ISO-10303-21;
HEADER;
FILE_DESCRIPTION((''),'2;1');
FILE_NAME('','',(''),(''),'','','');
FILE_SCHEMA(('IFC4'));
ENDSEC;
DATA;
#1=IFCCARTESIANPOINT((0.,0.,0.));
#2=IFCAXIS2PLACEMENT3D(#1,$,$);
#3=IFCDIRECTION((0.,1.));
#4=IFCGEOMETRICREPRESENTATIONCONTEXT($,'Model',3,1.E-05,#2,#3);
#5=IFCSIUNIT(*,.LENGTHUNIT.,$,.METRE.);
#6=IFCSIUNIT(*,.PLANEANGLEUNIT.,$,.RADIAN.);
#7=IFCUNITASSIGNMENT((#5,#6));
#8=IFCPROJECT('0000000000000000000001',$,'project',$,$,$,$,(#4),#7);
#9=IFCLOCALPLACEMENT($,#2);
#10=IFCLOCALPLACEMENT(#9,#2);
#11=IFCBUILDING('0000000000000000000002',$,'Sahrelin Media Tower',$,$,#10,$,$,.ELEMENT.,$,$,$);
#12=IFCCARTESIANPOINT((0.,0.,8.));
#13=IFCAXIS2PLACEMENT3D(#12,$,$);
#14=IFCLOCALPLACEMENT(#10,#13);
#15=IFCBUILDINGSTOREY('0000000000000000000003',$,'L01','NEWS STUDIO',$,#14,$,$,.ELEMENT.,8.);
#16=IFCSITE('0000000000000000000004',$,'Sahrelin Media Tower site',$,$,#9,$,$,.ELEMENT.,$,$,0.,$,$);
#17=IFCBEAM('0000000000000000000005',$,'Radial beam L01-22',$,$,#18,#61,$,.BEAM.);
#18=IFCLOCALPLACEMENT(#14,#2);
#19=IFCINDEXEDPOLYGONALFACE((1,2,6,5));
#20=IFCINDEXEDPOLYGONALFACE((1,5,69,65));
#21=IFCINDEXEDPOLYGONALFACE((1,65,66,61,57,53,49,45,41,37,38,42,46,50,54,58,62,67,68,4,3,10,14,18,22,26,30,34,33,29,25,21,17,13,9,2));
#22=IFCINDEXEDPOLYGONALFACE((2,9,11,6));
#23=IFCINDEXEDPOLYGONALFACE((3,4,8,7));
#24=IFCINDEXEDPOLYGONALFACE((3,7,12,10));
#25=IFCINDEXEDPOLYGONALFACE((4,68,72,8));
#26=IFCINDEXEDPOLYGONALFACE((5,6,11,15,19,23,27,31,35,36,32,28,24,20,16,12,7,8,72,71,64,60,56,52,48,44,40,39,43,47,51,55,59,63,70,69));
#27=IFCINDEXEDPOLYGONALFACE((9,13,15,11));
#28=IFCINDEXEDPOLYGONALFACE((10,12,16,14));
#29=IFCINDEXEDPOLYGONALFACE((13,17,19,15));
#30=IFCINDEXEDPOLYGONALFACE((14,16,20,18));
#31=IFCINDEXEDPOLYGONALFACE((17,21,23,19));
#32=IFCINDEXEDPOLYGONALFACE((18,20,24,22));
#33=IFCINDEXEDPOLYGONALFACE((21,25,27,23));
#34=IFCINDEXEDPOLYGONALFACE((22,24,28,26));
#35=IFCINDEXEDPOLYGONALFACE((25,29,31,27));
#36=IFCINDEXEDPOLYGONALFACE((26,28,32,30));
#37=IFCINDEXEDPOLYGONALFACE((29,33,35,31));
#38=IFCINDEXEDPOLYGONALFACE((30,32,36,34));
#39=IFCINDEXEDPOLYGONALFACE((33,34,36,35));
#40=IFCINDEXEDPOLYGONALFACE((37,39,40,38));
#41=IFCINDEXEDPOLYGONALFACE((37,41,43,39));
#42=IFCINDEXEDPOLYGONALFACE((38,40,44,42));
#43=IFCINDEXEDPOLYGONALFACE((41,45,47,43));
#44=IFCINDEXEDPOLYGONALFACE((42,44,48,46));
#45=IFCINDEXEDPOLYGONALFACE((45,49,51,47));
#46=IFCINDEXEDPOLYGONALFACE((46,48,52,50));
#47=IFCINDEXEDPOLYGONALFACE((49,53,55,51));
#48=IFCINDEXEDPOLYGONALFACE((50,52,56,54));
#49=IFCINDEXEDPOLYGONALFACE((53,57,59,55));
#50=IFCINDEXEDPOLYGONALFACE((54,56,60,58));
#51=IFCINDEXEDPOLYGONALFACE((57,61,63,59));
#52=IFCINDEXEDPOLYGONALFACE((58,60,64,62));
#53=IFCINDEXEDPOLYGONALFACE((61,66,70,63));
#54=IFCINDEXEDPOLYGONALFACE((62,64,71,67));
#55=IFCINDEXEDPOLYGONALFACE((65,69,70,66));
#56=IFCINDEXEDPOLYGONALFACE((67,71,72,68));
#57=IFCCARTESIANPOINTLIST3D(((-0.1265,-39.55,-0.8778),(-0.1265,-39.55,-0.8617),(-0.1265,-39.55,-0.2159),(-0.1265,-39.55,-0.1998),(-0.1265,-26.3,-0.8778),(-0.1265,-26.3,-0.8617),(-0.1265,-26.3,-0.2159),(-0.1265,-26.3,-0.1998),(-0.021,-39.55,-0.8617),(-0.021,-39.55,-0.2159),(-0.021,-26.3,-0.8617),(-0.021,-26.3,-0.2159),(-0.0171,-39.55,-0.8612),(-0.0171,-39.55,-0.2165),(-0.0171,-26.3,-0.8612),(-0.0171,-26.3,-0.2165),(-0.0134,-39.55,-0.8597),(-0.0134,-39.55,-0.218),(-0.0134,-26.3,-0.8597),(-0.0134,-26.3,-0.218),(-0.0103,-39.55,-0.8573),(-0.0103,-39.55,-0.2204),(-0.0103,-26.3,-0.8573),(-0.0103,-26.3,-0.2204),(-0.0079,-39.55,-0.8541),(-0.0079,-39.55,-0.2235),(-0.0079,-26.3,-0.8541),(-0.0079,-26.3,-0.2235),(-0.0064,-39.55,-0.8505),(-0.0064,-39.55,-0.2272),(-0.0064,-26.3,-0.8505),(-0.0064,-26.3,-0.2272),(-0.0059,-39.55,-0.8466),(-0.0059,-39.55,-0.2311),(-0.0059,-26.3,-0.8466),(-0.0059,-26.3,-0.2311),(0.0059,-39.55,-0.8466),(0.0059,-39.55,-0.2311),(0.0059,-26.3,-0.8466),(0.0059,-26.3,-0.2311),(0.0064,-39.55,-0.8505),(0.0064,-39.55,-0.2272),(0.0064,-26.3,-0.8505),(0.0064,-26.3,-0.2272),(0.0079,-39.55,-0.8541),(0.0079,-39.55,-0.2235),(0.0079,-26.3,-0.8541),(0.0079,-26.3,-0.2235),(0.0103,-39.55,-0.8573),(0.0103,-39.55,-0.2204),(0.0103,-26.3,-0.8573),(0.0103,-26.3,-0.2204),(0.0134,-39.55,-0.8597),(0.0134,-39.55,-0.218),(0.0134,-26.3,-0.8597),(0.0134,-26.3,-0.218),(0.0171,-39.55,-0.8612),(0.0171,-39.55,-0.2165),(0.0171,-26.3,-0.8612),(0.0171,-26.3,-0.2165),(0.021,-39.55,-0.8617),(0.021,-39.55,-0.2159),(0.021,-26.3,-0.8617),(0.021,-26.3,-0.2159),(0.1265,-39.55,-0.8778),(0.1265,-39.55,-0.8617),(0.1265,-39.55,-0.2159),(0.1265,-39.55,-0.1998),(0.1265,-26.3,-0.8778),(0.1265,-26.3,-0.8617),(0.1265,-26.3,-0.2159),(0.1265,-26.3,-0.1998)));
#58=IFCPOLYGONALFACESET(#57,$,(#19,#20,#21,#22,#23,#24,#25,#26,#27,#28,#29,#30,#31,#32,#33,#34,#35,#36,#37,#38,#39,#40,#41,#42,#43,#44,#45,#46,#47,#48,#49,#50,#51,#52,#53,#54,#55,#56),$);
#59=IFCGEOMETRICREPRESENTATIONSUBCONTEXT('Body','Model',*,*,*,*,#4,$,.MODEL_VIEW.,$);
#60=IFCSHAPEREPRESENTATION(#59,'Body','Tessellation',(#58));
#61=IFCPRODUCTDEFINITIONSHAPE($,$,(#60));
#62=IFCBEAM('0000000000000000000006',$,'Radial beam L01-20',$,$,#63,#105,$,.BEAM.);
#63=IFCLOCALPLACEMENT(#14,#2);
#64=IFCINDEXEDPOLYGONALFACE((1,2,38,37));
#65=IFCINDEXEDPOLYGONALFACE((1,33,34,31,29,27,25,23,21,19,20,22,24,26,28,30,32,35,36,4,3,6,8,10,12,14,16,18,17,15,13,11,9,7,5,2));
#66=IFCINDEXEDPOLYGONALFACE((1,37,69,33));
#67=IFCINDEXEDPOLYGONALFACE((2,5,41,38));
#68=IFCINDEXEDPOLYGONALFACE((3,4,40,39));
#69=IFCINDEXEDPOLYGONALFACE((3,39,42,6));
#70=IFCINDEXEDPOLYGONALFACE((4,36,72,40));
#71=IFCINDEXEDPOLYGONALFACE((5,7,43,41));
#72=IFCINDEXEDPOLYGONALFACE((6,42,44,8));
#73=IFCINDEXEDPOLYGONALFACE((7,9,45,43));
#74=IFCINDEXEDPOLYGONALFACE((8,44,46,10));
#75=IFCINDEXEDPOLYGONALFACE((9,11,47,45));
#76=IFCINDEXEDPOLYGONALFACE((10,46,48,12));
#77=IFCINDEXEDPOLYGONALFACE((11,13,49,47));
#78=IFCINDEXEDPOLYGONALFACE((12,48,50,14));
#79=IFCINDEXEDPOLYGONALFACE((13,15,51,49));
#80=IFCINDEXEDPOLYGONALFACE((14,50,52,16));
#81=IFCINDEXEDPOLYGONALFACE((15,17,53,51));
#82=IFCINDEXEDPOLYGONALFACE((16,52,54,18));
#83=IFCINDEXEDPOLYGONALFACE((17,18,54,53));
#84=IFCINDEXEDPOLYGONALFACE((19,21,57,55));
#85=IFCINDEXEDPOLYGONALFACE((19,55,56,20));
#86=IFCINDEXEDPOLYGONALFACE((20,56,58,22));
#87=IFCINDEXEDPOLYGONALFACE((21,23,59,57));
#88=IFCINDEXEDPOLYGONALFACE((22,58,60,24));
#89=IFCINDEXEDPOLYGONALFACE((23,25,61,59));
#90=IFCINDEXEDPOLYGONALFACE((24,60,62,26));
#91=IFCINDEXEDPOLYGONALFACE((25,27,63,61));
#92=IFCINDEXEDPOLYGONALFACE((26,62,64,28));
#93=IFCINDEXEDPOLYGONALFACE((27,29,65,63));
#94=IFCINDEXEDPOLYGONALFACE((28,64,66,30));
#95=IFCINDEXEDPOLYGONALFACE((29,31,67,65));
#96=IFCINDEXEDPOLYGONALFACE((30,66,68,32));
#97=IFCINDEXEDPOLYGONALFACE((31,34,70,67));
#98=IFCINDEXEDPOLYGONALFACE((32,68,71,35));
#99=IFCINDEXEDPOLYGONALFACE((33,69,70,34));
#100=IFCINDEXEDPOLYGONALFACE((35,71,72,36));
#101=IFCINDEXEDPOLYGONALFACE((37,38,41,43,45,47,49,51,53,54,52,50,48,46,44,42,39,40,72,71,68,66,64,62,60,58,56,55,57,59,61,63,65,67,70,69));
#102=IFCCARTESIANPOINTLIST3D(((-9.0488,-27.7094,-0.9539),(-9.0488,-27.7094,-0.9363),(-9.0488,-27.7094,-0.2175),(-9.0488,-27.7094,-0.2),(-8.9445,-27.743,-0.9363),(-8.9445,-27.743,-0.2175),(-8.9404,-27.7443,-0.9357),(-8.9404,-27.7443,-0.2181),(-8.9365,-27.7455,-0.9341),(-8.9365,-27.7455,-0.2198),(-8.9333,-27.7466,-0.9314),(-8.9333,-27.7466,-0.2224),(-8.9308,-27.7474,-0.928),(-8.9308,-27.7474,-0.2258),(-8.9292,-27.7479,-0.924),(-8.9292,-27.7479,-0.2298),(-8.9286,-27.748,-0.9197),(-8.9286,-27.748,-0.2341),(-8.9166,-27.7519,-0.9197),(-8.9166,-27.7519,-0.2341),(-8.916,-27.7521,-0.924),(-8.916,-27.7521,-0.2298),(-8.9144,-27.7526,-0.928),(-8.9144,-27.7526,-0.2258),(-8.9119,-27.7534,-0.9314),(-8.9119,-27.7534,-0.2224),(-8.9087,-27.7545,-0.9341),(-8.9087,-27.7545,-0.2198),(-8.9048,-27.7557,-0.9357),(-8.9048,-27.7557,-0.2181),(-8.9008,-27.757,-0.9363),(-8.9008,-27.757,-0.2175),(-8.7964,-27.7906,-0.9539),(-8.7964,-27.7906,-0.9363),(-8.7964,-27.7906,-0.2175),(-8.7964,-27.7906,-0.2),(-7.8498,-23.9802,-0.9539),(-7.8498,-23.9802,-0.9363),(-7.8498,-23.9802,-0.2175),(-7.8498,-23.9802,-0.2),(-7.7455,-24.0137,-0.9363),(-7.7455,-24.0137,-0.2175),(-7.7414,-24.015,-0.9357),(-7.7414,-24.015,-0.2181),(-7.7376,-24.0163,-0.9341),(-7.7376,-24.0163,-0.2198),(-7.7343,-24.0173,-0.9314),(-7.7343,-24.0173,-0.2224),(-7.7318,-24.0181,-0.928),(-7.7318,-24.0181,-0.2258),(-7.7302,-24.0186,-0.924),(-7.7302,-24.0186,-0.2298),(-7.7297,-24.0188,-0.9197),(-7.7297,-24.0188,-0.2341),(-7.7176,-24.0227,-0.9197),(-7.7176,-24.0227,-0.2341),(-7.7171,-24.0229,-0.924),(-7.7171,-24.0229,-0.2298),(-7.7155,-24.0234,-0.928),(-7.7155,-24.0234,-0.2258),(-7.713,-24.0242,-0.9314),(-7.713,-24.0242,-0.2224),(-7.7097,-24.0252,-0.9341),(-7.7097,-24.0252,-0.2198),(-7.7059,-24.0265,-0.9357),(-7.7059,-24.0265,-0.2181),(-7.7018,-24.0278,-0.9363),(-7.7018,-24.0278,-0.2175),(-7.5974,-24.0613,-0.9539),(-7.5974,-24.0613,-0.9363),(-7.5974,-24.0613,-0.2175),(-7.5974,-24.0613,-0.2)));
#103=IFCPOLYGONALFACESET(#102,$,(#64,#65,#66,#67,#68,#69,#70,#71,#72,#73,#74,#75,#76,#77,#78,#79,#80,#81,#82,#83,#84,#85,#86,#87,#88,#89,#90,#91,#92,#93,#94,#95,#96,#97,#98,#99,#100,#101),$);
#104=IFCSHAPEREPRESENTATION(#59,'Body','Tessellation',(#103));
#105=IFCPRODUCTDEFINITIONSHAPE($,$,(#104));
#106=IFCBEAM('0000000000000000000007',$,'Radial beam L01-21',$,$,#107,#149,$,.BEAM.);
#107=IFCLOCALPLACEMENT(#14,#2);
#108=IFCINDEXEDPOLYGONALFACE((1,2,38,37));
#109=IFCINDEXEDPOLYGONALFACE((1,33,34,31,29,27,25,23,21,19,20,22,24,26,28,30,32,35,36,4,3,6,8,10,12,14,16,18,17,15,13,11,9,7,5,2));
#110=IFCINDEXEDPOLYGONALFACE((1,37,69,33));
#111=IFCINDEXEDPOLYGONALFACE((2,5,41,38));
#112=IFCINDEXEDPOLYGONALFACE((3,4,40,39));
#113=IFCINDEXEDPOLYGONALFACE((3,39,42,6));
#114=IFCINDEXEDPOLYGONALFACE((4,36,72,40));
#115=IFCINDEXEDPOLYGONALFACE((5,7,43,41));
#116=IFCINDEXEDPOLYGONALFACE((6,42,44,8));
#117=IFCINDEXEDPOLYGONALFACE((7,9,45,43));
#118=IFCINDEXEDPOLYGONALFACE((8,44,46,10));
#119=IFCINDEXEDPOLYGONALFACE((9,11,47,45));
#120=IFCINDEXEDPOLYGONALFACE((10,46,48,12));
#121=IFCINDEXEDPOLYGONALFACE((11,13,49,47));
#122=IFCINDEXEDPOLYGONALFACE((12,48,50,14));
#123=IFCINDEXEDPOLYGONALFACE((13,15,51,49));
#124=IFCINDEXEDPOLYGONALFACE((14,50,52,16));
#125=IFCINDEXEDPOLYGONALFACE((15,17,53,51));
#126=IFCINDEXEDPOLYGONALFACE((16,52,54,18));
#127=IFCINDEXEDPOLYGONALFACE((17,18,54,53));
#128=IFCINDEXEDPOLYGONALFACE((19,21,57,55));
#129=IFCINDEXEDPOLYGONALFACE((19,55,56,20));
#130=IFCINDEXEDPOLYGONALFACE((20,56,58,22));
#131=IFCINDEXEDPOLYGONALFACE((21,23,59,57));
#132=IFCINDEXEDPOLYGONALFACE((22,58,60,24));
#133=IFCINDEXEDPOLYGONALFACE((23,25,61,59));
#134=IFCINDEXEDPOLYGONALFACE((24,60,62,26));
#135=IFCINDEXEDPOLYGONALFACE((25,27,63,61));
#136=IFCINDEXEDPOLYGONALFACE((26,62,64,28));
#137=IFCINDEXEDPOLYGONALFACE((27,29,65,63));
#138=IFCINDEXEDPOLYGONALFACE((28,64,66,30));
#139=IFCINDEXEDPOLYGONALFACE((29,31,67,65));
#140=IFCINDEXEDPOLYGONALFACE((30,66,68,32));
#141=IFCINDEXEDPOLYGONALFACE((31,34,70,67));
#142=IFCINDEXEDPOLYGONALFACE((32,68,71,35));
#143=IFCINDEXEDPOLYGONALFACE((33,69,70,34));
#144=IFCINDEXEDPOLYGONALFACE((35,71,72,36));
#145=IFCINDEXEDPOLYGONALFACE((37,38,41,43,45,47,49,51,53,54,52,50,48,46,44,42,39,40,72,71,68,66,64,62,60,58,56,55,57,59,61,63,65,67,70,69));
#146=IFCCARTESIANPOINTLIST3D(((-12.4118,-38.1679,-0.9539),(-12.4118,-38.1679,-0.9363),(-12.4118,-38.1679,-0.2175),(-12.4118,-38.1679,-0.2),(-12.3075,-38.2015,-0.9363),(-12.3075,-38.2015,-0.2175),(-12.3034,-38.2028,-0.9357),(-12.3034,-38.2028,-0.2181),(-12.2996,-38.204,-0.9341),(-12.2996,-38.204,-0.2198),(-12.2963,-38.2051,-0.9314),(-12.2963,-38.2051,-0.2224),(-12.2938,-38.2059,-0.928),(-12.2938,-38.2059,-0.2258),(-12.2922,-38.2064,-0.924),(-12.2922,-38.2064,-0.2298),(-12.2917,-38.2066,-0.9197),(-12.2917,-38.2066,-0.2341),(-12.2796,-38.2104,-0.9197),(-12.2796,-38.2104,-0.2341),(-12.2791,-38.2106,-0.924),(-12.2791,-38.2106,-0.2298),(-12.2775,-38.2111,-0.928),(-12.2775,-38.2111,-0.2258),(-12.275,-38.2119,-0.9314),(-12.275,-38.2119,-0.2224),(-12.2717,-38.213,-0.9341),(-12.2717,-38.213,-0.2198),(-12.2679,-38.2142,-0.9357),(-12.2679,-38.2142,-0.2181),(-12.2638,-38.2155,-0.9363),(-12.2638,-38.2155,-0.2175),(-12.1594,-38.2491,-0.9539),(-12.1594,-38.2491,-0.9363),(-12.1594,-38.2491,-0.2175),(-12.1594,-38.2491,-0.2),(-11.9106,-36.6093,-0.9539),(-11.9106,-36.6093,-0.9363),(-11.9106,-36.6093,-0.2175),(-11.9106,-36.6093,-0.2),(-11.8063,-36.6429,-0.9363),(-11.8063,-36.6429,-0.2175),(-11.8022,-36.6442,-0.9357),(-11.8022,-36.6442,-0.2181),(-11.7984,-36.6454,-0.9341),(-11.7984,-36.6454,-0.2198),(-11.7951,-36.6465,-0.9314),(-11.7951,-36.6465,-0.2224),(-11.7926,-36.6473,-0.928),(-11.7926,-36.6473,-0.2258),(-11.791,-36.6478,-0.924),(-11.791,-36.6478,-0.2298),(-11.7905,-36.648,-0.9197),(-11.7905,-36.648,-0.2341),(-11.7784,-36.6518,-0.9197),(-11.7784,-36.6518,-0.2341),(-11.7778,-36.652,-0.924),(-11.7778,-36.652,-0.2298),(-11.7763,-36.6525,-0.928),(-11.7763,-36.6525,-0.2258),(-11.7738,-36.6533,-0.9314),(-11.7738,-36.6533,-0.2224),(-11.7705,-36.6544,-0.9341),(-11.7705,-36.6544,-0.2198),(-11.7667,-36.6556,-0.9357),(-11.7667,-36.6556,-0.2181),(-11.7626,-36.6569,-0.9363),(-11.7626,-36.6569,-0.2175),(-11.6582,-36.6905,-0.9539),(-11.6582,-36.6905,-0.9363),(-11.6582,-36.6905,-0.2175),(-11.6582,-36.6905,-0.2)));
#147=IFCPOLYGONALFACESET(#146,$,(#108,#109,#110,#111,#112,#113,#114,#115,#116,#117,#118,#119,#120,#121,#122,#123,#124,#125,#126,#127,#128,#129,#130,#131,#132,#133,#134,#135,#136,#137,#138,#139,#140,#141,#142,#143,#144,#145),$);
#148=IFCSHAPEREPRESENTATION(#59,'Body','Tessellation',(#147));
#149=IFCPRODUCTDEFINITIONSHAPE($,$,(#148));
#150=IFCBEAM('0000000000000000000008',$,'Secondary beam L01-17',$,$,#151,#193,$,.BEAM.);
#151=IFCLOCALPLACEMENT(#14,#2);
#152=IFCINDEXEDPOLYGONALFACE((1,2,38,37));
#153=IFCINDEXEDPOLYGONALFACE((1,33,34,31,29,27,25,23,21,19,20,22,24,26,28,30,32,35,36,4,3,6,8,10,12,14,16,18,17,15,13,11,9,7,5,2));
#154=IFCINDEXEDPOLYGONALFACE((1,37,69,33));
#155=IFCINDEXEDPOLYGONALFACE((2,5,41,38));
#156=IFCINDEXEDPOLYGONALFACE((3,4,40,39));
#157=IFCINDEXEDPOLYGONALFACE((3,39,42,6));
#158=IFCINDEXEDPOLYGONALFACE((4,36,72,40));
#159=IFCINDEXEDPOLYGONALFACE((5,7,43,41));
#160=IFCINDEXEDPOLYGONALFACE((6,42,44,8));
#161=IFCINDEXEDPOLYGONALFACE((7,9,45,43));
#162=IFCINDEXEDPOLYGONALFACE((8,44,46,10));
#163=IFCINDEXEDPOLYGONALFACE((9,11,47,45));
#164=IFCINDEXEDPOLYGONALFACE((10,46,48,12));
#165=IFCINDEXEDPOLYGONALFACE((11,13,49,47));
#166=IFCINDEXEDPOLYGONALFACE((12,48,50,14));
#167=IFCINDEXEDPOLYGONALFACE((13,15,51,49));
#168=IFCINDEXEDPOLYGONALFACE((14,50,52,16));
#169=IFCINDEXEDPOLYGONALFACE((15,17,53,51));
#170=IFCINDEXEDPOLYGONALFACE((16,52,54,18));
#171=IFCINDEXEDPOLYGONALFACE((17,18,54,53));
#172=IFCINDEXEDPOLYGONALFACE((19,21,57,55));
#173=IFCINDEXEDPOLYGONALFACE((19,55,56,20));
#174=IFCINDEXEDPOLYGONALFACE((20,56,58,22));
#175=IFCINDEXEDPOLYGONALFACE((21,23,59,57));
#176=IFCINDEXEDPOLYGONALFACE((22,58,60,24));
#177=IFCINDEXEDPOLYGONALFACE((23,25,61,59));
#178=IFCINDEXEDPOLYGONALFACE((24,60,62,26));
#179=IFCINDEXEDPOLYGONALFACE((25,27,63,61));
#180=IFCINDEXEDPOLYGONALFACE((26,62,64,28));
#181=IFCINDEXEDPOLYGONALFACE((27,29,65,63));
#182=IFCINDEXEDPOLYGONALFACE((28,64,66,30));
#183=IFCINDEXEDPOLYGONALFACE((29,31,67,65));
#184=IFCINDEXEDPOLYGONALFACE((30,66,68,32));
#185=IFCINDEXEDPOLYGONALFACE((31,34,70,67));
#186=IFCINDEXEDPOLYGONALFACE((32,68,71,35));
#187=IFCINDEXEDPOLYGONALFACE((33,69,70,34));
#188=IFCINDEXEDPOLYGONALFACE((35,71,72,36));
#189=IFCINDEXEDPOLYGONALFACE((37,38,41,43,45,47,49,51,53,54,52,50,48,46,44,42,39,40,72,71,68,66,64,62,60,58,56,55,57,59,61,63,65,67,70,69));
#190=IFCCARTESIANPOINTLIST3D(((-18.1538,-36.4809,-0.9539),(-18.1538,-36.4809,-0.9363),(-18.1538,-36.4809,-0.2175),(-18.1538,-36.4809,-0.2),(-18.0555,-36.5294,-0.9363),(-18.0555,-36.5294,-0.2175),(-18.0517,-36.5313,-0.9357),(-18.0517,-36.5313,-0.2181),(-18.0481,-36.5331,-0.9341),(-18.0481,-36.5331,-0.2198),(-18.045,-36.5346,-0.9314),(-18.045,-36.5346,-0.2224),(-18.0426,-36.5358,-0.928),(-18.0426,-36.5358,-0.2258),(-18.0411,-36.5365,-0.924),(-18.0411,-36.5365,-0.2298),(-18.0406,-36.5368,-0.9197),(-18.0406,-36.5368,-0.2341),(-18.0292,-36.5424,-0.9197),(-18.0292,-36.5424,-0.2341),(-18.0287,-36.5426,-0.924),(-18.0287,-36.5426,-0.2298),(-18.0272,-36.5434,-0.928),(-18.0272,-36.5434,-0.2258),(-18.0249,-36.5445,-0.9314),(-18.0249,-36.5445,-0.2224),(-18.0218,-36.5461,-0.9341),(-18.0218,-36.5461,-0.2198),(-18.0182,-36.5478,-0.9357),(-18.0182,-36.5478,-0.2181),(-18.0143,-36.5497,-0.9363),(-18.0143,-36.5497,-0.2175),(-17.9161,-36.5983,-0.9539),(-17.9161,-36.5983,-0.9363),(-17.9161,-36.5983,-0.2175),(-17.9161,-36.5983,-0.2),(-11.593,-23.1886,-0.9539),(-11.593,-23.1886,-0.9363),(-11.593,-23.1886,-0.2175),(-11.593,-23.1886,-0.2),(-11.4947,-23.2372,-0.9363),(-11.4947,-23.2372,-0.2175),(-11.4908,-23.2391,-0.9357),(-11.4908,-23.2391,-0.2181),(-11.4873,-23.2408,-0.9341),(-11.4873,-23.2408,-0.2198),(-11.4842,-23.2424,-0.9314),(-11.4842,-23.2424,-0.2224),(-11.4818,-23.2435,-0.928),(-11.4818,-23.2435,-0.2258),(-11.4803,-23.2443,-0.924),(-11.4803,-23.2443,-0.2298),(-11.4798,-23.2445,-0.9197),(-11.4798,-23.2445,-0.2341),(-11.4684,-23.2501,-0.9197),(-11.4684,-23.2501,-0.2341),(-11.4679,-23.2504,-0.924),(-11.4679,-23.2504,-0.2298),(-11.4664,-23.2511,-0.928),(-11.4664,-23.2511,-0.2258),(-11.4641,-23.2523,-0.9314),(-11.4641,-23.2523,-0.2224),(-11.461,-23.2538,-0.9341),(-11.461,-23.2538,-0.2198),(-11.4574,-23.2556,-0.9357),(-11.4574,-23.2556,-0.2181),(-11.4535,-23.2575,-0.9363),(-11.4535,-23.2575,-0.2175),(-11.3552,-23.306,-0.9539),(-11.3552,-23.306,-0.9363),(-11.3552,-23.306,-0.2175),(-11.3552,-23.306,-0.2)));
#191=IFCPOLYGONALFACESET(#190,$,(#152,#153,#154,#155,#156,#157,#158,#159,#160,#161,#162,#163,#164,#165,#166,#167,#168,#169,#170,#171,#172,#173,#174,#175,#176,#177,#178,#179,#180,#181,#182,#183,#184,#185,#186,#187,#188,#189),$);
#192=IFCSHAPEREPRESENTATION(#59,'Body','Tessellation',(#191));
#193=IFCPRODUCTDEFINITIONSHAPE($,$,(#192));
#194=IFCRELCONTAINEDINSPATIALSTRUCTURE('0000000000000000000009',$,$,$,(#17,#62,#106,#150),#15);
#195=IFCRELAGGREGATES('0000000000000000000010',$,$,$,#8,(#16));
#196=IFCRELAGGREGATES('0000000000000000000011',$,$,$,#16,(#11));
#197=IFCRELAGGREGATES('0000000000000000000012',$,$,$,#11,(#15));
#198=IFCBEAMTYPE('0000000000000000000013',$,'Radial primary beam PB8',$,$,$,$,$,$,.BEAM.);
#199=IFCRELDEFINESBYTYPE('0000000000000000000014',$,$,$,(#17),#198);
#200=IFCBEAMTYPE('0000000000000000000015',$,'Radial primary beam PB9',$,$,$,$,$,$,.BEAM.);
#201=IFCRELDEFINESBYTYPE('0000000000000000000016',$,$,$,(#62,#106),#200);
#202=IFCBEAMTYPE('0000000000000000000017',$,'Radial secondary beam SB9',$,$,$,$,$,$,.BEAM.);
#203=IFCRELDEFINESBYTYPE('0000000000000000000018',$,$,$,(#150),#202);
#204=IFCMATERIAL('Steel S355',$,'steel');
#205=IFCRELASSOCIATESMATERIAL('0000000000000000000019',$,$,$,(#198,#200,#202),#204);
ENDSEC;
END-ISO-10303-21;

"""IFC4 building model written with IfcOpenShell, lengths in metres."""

from ifc_helpers import new_model, si_unit, direction, frame, origin, origin_2d, place, context, subcontext, project, spatial, i_section, extrude, material, material_profile, profile_set, type_object, element, save


model = new_model("IFC4")

# Units and contexts
model_context = context("Model", 3, precision=1e-05, world=origin(), true_north=direction((0.0, 1.0)))
body_context = subcontext(model_context, "Body", "Model", "MODEL_VIEW")
ifc_project = project(units=[si_unit("LENGTHUNIT", "METRE"), si_unit("PLANEANGLEUNIT", "RADIAN")], contexts=[model_context])

# Site, building, storey
site_placement = place(None, origin())
site = spatial("IfcSite", under=ifc_project, at=site_placement, Name="Sahrelin Media Tower site", CompositionType="ELEMENT", RefElevation=0.0)
building_placement = place(site_placement, origin())
building = spatial("IfcBuilding", under=site, at=building_placement, Name="Sahrelin Media Tower", CompositionType="ELEMENT")
storey_placement = place(building_placement, frame((0.0, 0.0, 8.0)))
storey = spatial("IfcBuildingStorey", under=building, at=storey_placement, Name="L01", Description="NEWS STUDIO", CompositionType="ELEMENT", Elevation=8.0)

# Beams
ifc_material_1 = material(Name="Steel S355", Category="steel")
ifc_material_profile_1 = material_profile(ifc_material_1, i_section(OverallWidth=0.2529, OverallDepth=0.678, WebThickness=0.0117, FlangeThickness=0.0161, FilletRadius=0.0151, at=origin_2d()), Name="UB 686x254x125")
ifc_profile_set_1 = profile_set([ifc_material_profile_1], Name="Steel S355")
beam_type_1 = type_object("IfcBeamType", Name="Radial primary beam PB8", PredefinedType="BEAM", material=ifc_profile_set_1)
beam_1_placement = place(storey_placement, frame((0.0, -26.3, -0.5388), z_axis=(0.0, -1.0, 0.0), x_axis=(1.0, 0.0, 0.0)))
element("IfcBeam", 1, at=beam_1_placement, inside=storey, type_object=beam_type_1, Name="Radial beam L01-22", PredefinedType="BEAM", context=body_context, shape_type="SweptSolid", body=[
    extrude(i_section(OverallWidth=0.2529, OverallDepth=0.678, WebThickness=0.0117, FlangeThickness=0.0161, FilletRadius=0.0151, at=origin_2d()), origin(), (0.0, 0.0, 1.0), 13.25),
])
ifc_material_profile_2 = material_profile(ifc_material_1, i_section(OverallWidth=0.2651, OverallDepth=0.7539, WebThickness=0.0127, FlangeThickness=0.0176, FilletRadius=0.0166, at=origin_2d()), Name="UB 762x267x147")
ifc_profile_set_2 = profile_set([ifc_material_profile_2], Name="Steel S355")
beam_type_2 = type_object("IfcBeamType", Name="Radial primary beam PB9", PredefinedType="BEAM", material=ifc_profile_set_2)
beam_2_placement = place(storey_placement, frame((-7.7236, -24.0208, -0.5769), z_axis=(-0.306076, -0.952007, 0.0), x_axis=(0.952007, -0.306076, 0.0)))
element("IfcBeam", 2, at=beam_2_placement, inside=storey, type_object=beam_type_2, Name="Radial beam L01-20", PredefinedType="BEAM", context=body_context, shape_type="SweptSolid", body=[
    extrude(i_section(OverallWidth=0.2651, OverallDepth=0.7539, WebThickness=0.0127, FlangeThickness=0.0176, FilletRadius=0.0166, at=origin_2d()), origin(), (0.0, 0.0, 1.0), 3.9172),
])
beam_3_placement = place(storey_placement, frame((-11.7844, -36.6499, -0.5769), z_axis=(-0.306144, -0.951985, 0.0), x_axis=(0.951985, -0.306144, 0.0)))
element("IfcBeam", 3, at=beam_3_placement, inside=storey, type_object=beam_type_2, Name="Radial beam L01-21", PredefinedType="BEAM", context=body_context, shape_type="SweptSolid", body=[
    extrude(i_section(OverallWidth=0.2651, OverallDepth=0.7539, WebThickness=0.0127, FlangeThickness=0.0176, FilletRadius=0.0166, at=origin_2d()), origin(), (0.0, 0.0, 1.0), 1.6372),
])
ifc_material_profile_3 = material_profile(ifc_material_1, i_section(OverallWidth=0.2651, OverallDepth=0.7539, WebThickness=0.0127, FlangeThickness=0.0176, FilletRadius=0.0166, at=origin_2d()), Name="UB 762x267x147")
ifc_profile_set_3 = profile_set([ifc_material_profile_3], Name="Steel S355")
beam_type_3 = type_object("IfcBeamType", Name="Radial secondary beam SB9", PredefinedType="BEAM", material=ifc_profile_set_3)
beam_4_placement = place(storey_placement, frame((-11.4741, -23.2473, -0.5769), z_axis=(-0.442603, -0.896718, 0.0), x_axis=(0.896718, -0.442603, 0.0)))
element("IfcBeam", 4, at=beam_4_placement, inside=storey, type_object=beam_type_3, Name="Secondary beam L01-17", PredefinedType="BEAM", context=body_context, shape_type="SweptSolid", body=[
    extrude(i_section(OverallWidth=0.2651, OverallDepth=0.7539, WebThickness=0.0127, FlangeThickness=0.0176, FilletRadius=0.0166, at=origin_2d()), origin(), (0.0, 0.0, 1.0), 14.8232),
])

save(model, "model.ifc")
